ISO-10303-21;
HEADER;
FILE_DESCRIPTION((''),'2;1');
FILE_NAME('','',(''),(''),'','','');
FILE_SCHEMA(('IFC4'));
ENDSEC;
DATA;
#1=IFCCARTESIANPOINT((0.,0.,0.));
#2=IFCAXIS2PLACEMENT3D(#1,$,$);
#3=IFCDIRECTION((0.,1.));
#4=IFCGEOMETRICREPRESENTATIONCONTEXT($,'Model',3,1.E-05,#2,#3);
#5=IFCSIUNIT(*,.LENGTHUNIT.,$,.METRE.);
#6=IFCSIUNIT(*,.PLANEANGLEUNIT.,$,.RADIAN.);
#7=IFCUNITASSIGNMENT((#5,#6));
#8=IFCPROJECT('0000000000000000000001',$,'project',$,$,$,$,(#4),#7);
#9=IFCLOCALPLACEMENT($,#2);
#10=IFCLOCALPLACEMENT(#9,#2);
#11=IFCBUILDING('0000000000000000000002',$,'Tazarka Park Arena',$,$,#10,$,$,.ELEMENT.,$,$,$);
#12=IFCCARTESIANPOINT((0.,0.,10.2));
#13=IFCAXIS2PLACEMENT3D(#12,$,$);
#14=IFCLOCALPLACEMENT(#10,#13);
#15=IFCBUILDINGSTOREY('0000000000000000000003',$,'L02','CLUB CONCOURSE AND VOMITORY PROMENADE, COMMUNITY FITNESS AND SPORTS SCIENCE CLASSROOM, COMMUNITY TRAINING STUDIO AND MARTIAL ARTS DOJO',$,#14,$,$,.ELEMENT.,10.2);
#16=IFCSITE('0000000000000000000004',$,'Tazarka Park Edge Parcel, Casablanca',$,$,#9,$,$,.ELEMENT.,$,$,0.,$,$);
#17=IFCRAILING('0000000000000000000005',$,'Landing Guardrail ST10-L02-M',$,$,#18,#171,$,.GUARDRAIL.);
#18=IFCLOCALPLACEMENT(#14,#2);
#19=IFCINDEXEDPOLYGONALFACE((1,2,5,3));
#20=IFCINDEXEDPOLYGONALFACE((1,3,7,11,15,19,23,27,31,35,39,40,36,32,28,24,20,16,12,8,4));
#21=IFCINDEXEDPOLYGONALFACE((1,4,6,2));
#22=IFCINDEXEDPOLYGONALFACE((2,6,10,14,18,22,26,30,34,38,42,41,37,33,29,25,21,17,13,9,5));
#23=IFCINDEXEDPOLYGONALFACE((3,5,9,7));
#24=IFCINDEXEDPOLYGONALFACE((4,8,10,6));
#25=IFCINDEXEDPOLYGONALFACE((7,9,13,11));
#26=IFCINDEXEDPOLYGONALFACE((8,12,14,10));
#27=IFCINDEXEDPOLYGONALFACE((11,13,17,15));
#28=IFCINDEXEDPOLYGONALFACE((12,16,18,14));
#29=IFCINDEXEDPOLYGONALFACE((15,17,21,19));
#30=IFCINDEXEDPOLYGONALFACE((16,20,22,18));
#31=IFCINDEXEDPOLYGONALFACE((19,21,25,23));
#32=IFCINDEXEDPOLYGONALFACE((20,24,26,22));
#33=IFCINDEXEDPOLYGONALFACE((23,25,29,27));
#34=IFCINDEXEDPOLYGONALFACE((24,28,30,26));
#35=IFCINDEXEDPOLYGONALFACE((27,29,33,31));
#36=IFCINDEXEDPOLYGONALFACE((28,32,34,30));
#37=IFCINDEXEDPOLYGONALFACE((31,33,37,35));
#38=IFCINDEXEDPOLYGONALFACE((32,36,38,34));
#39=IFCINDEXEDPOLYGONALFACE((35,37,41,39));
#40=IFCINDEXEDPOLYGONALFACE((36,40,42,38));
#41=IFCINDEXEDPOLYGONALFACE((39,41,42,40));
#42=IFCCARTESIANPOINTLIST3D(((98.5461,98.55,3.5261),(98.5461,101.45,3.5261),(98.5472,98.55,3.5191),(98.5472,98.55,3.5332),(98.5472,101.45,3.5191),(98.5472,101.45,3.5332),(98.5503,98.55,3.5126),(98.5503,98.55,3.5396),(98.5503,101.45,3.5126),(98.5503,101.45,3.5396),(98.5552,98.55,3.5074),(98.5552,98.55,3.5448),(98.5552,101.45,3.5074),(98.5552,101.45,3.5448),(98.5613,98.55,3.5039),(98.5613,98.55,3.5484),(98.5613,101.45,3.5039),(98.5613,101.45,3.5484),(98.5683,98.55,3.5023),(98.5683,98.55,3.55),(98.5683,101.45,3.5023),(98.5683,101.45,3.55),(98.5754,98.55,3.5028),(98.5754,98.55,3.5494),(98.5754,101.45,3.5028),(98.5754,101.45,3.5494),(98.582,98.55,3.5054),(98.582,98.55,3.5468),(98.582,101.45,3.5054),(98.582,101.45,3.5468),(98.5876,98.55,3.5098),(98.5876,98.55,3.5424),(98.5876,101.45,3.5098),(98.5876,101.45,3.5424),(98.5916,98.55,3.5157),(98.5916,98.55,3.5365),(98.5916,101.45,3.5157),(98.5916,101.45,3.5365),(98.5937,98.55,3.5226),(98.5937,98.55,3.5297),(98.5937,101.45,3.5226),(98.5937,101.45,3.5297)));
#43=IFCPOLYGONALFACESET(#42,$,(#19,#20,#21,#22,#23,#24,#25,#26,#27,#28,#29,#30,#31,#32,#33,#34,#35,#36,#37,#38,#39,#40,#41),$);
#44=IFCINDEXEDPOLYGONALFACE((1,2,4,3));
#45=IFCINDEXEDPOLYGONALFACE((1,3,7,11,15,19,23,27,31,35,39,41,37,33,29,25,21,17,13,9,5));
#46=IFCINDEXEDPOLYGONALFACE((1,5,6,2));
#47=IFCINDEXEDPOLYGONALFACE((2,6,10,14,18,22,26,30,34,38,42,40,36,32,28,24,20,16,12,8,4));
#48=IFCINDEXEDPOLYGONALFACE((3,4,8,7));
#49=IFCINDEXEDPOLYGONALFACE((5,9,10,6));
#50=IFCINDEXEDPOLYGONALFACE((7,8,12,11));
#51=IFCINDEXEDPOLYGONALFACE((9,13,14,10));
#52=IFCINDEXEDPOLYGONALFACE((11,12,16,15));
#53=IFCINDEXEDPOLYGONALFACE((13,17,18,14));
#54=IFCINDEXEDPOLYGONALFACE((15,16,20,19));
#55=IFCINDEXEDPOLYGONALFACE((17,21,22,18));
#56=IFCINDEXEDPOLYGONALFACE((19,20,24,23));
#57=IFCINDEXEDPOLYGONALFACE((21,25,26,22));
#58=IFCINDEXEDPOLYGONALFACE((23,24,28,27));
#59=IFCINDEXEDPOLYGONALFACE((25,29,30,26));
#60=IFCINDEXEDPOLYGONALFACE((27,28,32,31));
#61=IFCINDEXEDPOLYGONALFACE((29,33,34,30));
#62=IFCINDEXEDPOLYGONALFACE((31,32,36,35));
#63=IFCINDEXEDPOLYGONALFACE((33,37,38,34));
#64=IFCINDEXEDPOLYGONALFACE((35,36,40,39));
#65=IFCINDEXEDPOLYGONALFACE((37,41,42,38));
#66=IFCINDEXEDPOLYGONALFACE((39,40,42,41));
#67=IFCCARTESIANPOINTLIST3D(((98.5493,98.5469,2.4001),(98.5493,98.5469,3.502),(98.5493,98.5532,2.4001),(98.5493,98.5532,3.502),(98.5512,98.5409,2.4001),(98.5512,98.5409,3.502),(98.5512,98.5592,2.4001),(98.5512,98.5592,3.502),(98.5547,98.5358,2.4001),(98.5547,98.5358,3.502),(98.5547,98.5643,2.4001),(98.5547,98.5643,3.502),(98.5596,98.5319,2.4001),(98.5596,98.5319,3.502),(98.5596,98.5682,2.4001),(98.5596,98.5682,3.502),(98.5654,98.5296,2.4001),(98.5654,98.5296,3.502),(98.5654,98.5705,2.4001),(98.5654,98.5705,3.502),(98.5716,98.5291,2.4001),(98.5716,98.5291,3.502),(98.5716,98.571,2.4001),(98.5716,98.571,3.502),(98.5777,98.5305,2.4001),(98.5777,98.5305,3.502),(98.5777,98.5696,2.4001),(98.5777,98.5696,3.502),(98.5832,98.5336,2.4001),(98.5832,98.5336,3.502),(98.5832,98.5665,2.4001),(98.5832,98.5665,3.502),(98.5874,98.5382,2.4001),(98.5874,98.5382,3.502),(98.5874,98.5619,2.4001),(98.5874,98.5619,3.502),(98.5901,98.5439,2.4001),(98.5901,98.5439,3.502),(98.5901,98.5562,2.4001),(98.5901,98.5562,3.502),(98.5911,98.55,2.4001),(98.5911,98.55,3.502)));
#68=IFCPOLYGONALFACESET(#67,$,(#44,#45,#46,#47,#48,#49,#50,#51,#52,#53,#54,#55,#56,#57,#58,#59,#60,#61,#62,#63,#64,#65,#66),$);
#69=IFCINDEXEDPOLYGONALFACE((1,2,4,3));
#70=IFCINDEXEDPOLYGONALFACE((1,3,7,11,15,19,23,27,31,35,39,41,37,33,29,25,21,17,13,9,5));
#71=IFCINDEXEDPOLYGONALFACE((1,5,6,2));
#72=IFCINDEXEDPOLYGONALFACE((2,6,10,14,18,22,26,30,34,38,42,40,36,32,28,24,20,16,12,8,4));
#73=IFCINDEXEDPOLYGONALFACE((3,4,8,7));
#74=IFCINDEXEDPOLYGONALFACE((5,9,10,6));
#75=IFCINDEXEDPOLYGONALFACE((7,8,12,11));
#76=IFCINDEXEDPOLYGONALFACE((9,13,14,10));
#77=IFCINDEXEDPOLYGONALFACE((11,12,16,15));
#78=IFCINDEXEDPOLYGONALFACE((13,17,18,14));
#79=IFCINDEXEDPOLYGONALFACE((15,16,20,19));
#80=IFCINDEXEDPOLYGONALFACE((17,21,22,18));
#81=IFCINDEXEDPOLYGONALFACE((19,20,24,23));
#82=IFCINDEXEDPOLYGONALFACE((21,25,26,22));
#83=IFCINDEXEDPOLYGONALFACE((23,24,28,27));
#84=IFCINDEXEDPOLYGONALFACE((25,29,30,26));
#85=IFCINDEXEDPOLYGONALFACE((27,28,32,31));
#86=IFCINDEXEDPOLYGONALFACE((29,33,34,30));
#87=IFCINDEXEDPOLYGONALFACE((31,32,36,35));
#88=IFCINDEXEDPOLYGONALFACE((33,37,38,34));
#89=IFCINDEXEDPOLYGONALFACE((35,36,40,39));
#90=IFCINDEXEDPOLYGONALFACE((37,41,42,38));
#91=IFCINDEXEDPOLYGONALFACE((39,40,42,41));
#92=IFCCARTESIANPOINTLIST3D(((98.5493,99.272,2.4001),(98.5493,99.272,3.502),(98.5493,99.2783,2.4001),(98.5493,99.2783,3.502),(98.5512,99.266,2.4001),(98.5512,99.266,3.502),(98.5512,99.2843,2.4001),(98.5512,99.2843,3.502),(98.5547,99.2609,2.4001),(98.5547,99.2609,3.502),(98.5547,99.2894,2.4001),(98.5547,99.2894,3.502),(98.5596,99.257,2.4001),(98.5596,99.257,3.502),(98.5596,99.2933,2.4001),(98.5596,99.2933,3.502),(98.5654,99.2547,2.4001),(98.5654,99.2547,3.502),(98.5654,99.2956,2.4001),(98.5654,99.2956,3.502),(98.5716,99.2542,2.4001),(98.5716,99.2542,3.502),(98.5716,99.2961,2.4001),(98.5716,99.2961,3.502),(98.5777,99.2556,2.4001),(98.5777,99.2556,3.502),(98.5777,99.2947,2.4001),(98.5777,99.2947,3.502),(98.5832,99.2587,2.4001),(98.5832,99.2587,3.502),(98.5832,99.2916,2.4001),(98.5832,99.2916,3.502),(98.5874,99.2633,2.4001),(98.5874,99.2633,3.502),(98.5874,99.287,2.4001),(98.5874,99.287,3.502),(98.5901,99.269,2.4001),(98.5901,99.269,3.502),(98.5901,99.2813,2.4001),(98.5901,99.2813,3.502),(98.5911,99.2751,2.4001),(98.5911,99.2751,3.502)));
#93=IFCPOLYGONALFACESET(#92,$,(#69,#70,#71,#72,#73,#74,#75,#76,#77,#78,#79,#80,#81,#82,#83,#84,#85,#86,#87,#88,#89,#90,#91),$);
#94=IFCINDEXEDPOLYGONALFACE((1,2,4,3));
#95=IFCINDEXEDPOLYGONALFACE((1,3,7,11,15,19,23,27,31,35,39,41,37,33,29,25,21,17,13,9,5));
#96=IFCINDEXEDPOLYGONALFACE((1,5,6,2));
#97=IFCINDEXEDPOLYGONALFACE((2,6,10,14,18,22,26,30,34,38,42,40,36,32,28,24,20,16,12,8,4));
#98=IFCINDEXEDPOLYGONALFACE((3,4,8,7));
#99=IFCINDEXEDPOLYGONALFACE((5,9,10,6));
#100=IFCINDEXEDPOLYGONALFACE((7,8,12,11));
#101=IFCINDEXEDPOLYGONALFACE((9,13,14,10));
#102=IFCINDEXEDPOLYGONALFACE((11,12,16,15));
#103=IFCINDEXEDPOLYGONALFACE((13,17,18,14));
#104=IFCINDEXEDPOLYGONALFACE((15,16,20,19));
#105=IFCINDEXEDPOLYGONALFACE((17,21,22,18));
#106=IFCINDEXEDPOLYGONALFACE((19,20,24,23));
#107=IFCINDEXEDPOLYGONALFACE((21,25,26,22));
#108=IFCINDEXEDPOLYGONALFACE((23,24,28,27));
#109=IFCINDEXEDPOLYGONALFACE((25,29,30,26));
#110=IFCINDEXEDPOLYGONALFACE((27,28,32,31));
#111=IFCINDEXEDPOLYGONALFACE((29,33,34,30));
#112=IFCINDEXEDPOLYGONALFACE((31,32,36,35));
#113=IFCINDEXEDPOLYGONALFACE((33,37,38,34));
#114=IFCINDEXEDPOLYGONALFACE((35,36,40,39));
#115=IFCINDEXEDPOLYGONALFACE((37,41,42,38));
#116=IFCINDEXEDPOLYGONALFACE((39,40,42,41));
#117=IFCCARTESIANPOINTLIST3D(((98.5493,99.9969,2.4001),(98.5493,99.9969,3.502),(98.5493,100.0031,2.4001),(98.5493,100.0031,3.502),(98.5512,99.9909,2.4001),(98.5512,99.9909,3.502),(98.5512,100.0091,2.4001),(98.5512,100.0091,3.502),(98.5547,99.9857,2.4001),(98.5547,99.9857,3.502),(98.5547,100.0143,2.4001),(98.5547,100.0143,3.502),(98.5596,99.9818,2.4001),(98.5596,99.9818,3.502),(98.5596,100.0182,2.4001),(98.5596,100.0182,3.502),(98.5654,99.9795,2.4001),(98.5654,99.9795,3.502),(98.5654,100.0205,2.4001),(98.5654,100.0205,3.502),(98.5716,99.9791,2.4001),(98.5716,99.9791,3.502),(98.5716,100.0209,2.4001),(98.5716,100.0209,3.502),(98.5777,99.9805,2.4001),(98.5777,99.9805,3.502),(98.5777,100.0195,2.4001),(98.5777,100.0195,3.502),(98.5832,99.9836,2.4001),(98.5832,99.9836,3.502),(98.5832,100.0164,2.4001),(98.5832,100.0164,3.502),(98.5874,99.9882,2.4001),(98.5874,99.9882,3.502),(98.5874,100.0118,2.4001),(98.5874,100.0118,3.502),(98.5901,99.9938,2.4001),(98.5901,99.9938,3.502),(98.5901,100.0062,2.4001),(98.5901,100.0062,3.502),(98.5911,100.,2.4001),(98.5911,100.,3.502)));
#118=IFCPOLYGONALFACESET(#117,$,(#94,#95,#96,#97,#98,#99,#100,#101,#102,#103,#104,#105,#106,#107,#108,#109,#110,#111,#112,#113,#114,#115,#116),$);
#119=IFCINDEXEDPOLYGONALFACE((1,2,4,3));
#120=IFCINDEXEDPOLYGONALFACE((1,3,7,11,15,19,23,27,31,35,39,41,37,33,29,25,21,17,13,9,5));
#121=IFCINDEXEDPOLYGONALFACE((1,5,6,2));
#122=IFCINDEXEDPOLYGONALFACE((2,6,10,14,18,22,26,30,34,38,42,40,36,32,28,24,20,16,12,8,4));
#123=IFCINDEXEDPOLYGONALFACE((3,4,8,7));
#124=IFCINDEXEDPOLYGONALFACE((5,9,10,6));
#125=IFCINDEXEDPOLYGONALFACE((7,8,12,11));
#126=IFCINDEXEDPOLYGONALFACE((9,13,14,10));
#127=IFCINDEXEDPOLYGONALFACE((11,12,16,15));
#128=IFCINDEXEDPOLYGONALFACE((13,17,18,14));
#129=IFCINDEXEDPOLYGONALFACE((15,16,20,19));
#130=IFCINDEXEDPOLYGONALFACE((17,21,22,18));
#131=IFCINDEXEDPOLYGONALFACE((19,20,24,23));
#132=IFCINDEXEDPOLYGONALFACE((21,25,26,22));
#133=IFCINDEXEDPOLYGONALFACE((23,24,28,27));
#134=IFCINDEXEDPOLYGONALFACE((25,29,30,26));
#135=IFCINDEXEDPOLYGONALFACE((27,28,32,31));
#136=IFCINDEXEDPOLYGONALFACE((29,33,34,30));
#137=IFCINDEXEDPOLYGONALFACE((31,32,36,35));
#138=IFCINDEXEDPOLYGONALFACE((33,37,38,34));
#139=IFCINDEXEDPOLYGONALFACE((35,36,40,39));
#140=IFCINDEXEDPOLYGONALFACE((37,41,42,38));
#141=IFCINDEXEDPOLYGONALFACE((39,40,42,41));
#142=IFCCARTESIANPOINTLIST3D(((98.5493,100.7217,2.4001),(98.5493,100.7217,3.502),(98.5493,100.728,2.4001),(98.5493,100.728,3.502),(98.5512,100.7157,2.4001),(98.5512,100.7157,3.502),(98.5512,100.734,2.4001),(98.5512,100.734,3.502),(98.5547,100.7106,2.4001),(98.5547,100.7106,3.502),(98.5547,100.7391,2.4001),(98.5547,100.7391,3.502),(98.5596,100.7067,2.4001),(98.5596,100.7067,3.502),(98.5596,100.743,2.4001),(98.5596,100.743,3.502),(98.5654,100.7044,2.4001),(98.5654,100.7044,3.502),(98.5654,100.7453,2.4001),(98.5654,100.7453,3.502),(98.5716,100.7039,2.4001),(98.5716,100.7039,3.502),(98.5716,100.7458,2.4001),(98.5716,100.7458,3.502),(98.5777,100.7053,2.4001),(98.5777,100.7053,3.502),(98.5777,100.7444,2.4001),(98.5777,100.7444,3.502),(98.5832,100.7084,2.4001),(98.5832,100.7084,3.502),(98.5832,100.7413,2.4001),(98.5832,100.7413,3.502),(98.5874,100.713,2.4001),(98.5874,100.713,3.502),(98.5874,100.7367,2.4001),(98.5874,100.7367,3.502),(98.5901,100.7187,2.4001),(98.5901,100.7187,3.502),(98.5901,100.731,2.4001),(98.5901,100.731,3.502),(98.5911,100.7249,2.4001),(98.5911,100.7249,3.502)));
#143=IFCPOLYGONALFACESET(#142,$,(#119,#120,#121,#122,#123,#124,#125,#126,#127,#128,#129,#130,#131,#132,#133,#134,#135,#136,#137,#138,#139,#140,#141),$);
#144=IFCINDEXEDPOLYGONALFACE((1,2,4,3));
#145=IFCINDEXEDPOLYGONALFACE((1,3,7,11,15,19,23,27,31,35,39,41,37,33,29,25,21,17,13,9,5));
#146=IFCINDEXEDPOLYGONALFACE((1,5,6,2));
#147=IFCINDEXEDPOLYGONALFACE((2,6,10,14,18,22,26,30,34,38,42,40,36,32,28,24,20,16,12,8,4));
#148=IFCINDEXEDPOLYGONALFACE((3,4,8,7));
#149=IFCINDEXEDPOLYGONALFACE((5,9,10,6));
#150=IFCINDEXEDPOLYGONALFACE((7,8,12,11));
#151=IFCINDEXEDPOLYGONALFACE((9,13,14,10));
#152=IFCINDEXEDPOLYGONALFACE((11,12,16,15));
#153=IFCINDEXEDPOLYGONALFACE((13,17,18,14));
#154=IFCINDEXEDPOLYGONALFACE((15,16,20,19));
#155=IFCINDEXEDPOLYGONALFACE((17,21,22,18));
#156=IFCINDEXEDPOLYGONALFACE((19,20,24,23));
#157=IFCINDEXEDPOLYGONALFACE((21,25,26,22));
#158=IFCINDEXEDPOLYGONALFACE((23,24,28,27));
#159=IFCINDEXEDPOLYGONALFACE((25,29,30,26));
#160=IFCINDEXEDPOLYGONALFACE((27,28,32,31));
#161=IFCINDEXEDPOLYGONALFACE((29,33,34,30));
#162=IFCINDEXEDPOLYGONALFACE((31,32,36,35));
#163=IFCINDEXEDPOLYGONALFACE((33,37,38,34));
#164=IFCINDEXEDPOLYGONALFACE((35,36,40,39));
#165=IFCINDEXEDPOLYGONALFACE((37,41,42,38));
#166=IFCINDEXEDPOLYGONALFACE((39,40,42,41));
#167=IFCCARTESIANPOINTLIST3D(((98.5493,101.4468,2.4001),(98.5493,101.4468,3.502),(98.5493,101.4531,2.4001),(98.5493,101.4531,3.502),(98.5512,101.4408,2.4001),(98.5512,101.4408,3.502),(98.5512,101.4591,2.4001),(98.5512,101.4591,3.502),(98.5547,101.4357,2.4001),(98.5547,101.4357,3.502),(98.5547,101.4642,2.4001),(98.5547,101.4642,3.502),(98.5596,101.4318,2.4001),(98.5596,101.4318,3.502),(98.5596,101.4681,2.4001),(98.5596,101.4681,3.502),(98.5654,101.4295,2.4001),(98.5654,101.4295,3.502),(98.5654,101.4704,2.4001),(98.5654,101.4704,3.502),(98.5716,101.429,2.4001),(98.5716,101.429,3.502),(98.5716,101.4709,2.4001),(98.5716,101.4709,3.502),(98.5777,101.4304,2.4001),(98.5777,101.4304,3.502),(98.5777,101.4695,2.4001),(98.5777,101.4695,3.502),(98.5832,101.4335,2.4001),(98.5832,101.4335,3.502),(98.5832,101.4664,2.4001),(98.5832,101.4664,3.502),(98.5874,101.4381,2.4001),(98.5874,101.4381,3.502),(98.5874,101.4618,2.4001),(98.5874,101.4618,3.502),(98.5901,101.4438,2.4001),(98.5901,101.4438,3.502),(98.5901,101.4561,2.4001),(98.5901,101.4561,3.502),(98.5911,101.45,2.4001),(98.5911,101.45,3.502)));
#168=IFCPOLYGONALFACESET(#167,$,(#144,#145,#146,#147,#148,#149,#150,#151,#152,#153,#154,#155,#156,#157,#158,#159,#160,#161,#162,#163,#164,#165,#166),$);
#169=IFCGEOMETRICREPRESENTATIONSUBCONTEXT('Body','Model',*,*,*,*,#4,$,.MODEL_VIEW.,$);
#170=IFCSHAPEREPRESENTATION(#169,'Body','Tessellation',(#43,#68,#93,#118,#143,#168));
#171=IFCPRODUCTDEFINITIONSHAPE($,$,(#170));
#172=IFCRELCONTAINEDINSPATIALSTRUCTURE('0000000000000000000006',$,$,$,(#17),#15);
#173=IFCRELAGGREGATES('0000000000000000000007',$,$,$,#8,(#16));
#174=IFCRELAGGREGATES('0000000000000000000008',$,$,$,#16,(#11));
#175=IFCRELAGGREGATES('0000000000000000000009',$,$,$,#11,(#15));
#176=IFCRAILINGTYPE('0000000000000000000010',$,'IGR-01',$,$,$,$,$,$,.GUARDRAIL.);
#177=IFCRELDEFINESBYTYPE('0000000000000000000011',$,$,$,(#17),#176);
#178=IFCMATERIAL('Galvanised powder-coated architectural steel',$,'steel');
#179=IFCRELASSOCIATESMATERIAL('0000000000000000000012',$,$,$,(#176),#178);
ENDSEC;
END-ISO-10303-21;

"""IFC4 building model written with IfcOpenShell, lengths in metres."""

from ifc_helpers import new_model, si_unit, direction, frame, origin, origin_2d, place, context, subcontext, project, spatial, circle, extrude, material, type_object, element, save


model = new_model("IFC4")

# Units and contexts
model_context = context("Model", 3, precision=1e-05, world=origin(), true_north=direction((0.0, 1.0)))
body_context = subcontext(model_context, "Body", "Model", "MODEL_VIEW")
ifc_project = project(units=[si_unit("LENGTHUNIT", "METRE"), si_unit("PLANEANGLEUNIT", "RADIAN")], contexts=[model_context])

# Site, building, storey
site_placement = place(None, origin())
site = spatial("IfcSite", under=ifc_project, at=site_placement, Name="Tazarka Park Edge Parcel, Casablanca", CompositionType="ELEMENT", RefElevation=0.0)
building_placement = place(site_placement, origin())
building = spatial("IfcBuilding", under=site, at=building_placement, Name="Tazarka Park Arena", CompositionType="ELEMENT")
storey_placement = place(building_placement, frame((0.0, 0.0, 10.2)))
storey = spatial("IfcBuildingStorey", under=building, at=storey_placement, Name="L02", Description="CLUB CONCOURSE AND VOMITORY PROMENADE, COMMUNITY FITNESS AND SPORTS SCIENCE CLASSROOM, COMMUNITY TRAINING STUDIO AND MARTIAL ARTS DOJO", CompositionType="ELEMENT", Elevation=10.2)

# Railing
ifc_material_1 = material(Name="Galvanised powder-coated architectural steel", Category="steel")
railing_type_1 = type_object("IfcRailingType", Name="IGR-01", PredefinedType="GUARDRAIL", material=ifc_material_1)
for number, where, name in (
    (1, (98.5701, 98.55, 2.4001), "Landing Guardrail ST10-L02-M"),
):
    element("IfcRailing", number, at=place(storey_placement, frame(where)), inside=storey, type_object=railing_type_1, Name=name, PredefinedType="GUARDRAIL", context=body_context, shape_type="SweptSolid", body=[
        extrude(circle(Radius=0.0239, at=origin_2d()), frame((0.0, 0.0, 1.126), z_axis=(0.0, 1.0, 0.0), x_axis=(-1.0, 0.0, 0.0)), (0.0, 0.0, 1.0), 2.8999),
        extrude(circle(Radius=0.021, at=origin_2d()), origin(), (0.0, 0.0, 1.0), 1.1018),
        extrude(circle(Radius=0.021, at=origin_2d()), frame((0.0, 0.7251, 0.0)), (0.0, 0.0, 1.0), 1.1018),
        extrude(circle(Radius=0.021, at=origin_2d()), frame((0.0, 1.45, 0.0)), (0.0, 0.0, 1.0), 1.1018),
        extrude(circle(Radius=0.021, at=origin_2d()), frame((0.0, 2.1748, 0.0)), (0.0, 0.0, 1.0), 1.1018),
        extrude(circle(Radius=0.021, at=origin_2d()), frame((0.0, 2.8999, 0.0)), (0.0, 0.0, 1.0), 1.1018),
    ])

save(model, "model.ifc")
